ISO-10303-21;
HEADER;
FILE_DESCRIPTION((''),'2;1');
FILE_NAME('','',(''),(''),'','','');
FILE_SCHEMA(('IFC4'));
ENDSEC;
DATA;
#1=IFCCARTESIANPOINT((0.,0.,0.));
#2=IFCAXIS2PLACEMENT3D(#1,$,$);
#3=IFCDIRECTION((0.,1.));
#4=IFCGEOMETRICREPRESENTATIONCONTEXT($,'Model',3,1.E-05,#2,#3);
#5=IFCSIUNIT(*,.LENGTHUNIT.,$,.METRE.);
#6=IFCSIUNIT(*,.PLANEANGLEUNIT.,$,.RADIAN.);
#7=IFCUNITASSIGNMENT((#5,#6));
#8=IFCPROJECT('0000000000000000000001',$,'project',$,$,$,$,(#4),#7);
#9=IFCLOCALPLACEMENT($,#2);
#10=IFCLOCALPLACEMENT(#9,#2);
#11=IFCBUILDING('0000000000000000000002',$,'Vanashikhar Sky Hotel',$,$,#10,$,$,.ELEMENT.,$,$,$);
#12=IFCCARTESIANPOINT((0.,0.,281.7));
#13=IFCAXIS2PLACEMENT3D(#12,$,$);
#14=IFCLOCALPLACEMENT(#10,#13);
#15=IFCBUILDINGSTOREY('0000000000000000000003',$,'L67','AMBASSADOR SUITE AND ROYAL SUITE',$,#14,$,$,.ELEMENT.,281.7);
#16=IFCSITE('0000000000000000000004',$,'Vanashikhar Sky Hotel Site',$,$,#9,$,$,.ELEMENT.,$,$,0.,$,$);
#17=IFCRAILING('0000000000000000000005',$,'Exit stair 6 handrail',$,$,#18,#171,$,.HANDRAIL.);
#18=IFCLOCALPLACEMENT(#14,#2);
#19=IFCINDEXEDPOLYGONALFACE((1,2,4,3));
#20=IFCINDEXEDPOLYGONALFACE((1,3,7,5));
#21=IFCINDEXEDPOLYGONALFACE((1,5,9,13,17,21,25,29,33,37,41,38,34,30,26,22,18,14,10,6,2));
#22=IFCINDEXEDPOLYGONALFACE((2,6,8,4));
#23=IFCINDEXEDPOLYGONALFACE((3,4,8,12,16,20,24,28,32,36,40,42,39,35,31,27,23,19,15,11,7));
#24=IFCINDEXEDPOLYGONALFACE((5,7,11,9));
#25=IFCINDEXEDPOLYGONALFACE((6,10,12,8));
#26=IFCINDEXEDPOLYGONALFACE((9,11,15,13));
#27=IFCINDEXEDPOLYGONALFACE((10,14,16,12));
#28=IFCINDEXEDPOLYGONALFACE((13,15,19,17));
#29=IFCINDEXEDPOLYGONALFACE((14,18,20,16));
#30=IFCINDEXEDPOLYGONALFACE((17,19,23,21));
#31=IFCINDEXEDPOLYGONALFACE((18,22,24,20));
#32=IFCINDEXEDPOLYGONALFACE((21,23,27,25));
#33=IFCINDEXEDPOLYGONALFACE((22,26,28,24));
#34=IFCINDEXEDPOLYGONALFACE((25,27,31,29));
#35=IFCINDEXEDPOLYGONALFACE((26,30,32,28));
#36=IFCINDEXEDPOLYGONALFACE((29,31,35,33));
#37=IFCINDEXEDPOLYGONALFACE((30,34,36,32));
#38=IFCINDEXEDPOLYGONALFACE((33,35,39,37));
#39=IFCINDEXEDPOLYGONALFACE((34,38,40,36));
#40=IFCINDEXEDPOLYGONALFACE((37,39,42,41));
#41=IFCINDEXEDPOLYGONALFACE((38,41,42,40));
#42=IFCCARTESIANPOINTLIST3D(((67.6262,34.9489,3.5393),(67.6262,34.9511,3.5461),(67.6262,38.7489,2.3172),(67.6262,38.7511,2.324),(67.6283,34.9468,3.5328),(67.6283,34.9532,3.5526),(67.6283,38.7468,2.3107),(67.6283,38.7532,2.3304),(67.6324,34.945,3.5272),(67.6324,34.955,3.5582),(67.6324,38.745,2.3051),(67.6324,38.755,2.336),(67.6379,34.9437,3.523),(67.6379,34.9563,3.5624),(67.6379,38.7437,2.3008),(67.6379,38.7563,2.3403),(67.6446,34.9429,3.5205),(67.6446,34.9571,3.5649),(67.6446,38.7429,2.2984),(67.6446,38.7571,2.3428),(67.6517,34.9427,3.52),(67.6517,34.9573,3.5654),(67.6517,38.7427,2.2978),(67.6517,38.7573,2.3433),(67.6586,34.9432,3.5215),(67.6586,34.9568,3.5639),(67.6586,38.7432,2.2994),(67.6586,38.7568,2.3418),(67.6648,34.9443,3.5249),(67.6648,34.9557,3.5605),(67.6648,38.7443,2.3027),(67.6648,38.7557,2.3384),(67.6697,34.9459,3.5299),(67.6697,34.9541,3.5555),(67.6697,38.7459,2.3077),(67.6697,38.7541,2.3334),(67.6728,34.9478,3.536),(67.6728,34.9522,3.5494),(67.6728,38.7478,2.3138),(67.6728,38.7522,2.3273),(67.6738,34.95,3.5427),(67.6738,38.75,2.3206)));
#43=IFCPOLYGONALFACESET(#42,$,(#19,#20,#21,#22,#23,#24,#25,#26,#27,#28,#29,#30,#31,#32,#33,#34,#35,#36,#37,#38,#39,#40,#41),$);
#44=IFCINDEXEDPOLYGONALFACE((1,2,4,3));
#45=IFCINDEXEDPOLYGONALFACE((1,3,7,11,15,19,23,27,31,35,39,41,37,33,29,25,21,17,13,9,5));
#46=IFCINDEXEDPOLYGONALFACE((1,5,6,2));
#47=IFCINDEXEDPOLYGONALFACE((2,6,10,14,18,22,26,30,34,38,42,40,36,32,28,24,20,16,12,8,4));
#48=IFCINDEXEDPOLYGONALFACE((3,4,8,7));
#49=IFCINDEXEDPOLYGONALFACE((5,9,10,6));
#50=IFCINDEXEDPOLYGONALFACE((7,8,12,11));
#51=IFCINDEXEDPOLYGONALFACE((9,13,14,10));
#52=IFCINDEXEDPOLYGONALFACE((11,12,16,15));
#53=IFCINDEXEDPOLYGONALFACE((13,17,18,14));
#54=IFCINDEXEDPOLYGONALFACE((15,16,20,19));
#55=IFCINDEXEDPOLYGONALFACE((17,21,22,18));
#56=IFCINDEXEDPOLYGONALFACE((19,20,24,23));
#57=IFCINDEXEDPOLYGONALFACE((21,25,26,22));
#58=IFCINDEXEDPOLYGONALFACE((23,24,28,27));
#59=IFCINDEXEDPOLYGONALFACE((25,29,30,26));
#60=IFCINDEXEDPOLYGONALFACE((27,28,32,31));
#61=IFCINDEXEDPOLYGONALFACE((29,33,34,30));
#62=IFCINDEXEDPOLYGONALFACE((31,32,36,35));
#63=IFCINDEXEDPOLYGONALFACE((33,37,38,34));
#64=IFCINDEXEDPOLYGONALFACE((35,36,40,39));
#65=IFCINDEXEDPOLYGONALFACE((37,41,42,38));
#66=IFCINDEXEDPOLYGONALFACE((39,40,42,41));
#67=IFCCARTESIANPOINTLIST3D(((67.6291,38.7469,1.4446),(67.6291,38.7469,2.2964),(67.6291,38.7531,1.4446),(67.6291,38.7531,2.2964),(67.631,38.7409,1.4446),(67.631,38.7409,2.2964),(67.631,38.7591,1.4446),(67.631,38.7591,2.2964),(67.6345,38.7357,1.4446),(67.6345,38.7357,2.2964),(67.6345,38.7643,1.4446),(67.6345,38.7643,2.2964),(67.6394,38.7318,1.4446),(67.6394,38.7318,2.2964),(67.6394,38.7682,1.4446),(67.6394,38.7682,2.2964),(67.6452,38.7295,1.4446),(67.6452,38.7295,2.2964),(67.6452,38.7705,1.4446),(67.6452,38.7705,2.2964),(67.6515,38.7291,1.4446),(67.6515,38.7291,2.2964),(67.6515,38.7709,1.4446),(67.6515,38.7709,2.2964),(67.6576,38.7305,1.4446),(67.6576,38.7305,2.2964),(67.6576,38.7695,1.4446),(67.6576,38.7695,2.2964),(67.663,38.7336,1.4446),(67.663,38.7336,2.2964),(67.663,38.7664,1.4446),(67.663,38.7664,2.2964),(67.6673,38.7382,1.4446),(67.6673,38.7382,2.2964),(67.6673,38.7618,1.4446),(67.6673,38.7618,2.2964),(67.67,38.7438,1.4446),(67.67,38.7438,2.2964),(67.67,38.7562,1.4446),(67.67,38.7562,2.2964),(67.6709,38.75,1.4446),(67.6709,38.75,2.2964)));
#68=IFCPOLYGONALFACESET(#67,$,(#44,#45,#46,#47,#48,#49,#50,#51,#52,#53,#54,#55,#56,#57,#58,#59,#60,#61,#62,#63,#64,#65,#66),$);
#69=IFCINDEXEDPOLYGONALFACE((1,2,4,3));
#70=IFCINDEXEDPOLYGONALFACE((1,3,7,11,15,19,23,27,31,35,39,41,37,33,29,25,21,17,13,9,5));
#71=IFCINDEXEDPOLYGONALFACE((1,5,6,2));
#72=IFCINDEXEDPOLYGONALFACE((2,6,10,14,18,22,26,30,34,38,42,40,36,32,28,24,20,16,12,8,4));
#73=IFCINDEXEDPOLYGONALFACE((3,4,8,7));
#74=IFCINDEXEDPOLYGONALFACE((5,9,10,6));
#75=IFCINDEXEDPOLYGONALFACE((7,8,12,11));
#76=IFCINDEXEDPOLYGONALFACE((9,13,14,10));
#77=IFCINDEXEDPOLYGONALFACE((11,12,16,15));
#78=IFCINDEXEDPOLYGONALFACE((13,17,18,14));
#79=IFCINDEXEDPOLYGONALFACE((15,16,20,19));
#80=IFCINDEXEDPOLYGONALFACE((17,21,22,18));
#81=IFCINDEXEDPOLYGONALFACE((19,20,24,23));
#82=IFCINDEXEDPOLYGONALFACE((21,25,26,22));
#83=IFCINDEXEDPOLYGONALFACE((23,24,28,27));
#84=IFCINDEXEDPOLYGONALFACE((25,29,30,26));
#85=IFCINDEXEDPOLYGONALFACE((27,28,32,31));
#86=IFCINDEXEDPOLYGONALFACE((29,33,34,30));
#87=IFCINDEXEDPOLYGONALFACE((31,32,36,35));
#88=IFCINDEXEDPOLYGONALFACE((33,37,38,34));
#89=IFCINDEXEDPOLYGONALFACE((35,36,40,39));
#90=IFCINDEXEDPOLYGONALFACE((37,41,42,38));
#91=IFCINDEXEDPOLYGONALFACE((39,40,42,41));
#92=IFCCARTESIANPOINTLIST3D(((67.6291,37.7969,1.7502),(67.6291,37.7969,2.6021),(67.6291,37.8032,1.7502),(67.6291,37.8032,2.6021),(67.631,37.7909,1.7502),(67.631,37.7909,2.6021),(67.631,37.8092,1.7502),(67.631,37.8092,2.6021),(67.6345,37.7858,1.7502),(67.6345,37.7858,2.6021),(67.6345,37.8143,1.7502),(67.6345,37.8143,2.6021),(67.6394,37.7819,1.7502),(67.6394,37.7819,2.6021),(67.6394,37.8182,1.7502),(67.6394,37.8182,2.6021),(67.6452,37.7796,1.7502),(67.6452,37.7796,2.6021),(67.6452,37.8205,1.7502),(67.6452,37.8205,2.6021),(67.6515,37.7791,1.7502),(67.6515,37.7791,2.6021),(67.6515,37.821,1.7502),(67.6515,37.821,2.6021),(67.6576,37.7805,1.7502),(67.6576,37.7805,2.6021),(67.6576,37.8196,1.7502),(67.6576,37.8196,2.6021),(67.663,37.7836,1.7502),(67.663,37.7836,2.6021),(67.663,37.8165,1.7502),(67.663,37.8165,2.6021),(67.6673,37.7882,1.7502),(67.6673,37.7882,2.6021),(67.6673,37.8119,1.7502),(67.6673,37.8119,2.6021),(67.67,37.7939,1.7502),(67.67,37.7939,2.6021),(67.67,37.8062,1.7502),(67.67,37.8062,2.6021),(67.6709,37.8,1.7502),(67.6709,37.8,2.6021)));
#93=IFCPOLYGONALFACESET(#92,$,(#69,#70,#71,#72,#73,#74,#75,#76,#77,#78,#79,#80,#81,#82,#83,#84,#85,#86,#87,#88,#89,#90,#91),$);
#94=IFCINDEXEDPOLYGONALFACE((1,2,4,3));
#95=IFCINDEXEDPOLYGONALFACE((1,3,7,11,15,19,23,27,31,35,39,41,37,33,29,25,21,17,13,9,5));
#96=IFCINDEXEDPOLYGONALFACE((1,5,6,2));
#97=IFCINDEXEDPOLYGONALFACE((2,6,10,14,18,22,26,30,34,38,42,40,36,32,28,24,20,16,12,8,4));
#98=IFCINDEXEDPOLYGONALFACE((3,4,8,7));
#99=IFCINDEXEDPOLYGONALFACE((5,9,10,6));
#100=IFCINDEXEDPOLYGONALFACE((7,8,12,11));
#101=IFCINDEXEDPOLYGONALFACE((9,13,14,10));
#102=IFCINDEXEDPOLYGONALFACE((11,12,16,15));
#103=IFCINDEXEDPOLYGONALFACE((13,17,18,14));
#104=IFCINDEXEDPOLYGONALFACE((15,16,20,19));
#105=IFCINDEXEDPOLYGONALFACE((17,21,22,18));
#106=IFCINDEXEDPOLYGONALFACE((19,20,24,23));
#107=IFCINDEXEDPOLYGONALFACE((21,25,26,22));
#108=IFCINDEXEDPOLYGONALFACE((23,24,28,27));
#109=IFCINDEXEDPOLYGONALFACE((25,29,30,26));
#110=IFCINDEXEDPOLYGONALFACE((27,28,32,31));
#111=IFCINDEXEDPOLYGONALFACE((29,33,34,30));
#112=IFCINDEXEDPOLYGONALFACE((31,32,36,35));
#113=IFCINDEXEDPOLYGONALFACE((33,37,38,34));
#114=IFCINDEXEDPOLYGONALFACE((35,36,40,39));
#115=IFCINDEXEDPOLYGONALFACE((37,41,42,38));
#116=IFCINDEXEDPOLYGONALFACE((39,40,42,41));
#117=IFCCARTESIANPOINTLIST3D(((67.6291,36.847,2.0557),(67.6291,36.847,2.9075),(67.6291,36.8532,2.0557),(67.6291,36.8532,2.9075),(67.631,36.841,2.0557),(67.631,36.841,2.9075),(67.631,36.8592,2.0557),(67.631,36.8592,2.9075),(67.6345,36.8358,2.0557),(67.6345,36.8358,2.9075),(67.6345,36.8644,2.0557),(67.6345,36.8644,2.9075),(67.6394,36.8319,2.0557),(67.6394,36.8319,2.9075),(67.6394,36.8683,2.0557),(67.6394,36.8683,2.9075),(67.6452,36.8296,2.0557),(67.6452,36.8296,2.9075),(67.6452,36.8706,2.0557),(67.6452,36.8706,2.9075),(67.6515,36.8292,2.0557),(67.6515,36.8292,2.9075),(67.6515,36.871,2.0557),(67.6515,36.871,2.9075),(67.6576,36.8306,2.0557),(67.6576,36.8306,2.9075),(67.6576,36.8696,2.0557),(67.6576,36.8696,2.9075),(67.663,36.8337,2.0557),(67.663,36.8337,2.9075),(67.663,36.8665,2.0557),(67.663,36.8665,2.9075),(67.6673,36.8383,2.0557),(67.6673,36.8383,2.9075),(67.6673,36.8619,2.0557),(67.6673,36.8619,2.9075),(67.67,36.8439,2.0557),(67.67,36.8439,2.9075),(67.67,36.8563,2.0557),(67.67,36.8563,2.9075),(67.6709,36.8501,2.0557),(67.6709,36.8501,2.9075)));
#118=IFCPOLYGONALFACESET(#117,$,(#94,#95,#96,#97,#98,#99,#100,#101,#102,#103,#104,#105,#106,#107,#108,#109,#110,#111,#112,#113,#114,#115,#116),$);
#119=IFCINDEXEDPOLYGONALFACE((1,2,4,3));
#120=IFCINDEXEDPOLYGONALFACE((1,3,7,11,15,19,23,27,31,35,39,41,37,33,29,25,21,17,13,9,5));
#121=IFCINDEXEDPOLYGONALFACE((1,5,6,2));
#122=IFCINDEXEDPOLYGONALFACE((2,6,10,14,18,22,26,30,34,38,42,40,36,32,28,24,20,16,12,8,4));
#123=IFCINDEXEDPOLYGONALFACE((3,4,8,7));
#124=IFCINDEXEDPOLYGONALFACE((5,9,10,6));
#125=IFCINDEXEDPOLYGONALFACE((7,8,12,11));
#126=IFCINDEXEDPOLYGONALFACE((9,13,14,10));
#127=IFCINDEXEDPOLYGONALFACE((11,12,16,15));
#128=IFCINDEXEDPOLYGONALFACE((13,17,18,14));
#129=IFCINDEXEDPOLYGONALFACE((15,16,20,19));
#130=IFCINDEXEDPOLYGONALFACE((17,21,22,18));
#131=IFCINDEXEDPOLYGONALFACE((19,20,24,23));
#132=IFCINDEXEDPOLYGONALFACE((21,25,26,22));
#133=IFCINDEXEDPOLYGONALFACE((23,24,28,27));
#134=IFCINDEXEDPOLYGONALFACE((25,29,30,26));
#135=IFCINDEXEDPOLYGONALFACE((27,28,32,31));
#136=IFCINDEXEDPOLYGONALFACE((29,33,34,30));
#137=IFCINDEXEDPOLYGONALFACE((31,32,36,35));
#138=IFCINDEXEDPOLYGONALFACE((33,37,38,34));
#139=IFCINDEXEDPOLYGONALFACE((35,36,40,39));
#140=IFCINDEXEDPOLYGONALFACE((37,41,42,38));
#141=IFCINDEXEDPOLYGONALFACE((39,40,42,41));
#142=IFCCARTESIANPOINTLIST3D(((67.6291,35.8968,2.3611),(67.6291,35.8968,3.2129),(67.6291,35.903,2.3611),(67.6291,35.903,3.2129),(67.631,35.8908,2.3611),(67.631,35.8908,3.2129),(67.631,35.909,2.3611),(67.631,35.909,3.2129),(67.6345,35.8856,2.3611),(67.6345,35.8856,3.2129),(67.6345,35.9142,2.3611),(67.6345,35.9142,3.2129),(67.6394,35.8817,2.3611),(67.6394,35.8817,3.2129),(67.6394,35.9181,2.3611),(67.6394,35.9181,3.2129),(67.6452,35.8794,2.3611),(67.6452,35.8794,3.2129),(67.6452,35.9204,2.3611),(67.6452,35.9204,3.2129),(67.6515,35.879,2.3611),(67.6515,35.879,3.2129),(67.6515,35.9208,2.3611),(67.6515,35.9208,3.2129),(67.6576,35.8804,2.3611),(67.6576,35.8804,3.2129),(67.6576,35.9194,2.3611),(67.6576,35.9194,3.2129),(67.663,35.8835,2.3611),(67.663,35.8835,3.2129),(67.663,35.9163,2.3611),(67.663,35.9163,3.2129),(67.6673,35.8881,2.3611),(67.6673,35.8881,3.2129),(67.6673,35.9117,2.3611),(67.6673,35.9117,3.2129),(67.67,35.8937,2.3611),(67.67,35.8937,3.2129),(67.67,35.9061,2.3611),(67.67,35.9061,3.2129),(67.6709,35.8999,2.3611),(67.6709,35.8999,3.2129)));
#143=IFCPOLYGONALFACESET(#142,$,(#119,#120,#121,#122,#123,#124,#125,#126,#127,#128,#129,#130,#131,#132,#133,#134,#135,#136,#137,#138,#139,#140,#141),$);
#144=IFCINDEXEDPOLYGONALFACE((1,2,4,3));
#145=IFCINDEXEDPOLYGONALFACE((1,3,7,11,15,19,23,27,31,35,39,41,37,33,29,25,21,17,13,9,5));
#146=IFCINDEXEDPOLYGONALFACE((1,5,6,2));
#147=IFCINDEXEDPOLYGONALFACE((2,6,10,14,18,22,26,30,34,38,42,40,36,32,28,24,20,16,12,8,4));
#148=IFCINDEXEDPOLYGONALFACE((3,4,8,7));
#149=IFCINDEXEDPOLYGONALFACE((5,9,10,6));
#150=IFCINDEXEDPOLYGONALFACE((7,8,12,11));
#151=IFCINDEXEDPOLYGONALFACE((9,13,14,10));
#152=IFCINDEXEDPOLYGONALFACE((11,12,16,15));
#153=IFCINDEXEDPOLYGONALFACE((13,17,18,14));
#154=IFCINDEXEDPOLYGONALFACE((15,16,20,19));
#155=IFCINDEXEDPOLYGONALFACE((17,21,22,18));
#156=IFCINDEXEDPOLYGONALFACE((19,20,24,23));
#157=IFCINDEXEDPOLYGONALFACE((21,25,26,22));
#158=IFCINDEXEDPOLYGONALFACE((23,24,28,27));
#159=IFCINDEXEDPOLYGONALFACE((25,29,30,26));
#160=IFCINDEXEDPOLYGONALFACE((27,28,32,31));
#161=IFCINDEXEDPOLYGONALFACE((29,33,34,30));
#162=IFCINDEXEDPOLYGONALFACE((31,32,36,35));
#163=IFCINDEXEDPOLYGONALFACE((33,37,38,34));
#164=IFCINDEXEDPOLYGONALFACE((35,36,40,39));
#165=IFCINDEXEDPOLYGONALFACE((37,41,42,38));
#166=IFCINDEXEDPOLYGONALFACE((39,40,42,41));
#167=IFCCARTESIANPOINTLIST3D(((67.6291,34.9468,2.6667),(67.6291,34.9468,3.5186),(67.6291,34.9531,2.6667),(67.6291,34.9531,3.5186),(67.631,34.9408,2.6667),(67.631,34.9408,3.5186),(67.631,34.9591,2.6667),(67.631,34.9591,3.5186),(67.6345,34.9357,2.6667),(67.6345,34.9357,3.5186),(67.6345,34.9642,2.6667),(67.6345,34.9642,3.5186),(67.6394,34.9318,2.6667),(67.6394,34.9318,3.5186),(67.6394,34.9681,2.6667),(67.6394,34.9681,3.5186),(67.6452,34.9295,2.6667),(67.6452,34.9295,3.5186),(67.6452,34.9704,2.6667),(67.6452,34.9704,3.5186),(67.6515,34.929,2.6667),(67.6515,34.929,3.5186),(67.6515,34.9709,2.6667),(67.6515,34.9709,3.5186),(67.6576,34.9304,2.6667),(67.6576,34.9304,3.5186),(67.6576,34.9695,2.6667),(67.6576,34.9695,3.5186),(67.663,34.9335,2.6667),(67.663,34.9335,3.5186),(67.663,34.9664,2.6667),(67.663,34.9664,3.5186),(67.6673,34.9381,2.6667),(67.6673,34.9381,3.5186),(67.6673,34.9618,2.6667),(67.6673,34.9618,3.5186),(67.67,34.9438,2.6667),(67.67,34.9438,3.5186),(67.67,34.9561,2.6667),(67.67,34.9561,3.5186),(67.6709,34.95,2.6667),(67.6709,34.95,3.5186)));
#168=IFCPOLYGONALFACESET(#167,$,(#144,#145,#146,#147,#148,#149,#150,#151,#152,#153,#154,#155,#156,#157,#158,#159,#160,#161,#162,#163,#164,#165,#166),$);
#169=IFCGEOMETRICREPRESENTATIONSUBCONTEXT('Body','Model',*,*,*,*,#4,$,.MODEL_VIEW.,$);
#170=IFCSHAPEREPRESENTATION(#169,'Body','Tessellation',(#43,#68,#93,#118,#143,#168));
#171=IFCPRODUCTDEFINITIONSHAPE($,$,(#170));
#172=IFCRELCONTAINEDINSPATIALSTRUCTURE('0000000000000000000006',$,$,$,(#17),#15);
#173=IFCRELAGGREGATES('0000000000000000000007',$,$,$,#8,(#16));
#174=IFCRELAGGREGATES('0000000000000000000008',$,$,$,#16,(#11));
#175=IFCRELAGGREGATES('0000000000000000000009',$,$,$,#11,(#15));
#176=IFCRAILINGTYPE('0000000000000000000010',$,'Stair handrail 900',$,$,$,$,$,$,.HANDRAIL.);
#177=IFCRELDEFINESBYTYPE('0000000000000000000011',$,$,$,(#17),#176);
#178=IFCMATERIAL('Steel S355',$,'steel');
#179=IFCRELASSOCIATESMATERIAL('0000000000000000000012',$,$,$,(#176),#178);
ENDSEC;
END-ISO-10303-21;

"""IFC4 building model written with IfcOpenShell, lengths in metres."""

from ifc_helpers import new_model, si_unit, direction, frame, origin, origin_2d, place, context, subcontext, project, spatial, circle, extrude, source, transform, mapped, material, type_object, element, save


model = new_model("IFC4")

# Units and contexts
model_context = context("Model", 3, precision=1e-05, world=origin(), true_north=direction((0.0, 1.0)))
body_context = subcontext(model_context, "Body", "Model", "MODEL_VIEW")
ifc_project = project(units=[si_unit("LENGTHUNIT", "METRE"), si_unit("PLANEANGLEUNIT", "RADIAN")], contexts=[model_context])

# Site, building, storey
site_placement = place(None, origin())
site = spatial("IfcSite", under=ifc_project, at=site_placement, Name="Vanashikhar Sky Hotel Site", CompositionType="ELEMENT", RefElevation=0.0)
building_placement = place(site_placement, origin())
building = spatial("IfcBuilding", under=site, at=building_placement, Name="Vanashikhar Sky Hotel", CompositionType="ELEMENT")
storey_placement = place(building_placement, frame((0.0, 0.0, 281.7)))
storey = spatial("IfcBuildingStorey", under=building, at=storey_placement, Name="L67", Description="AMBASSADOR SUITE AND ROYAL SUITE", CompositionType="ELEMENT", Elevation=281.7)

# Railing
ifc_material_1 = material(Name="Steel S355", Category="steel")
railing_type_1 = type_object("IfcRailingType", Name="Stair handrail 900", PredefinedType="HANDRAIL", material=ifc_material_1)
shared_shape_1 = source(origin(), body_context, "Body", "SweptSolid", [
    extrude(circle(Radius=0.0239, at=origin_2d()), frame((0.0, 0.0, 0.876), z_axis=(0.0, -0.951976, 0.306173), x_axis=(1.0, 0.0, 0.0)), (0.0, 0.0, 1.0), 3.9917),
    extrude(circle(Radius=0.021, at=origin_2d()), origin(), (0.0, 0.0, 1.0), 0.8518),
    extrude(circle(Radius=0.021, at=origin_2d()), frame((0.0, -0.95, 0.3057)), (0.0, 0.0, 1.0), 0.8518),
    extrude(circle(Radius=0.021, at=origin_2d()), frame((0.0, -1.8999, 0.6111)), (0.0, 0.0, 1.0), 0.8518),
    extrude(circle(Radius=0.021, at=origin_2d()), frame((0.0, -2.8501, 0.9165)), (0.0, 0.0, 1.0), 0.8518),
    extrude(circle(Radius=0.021, at=origin_2d()), frame((0.0, -3.8, 1.2222)), (0.0, 0.0, 1.0), 0.8518),
])
for number, where, name in (
    (1, (67.6499, 38.75, 1.4446), "Exit stair 6 handrail"),
):
    element("IfcRailing", number, at=place(storey_placement, frame(where)), inside=storey, type_object=railing_type_1, Name=name, PredefinedType="HANDRAIL", context=body_context, shape_type="MappedRepresentation", body=[
        mapped(shared_shape_1, transform((0.0, 0.0, 0.0), scale=1.0)),
    ])

save(model, "model.ifc")
